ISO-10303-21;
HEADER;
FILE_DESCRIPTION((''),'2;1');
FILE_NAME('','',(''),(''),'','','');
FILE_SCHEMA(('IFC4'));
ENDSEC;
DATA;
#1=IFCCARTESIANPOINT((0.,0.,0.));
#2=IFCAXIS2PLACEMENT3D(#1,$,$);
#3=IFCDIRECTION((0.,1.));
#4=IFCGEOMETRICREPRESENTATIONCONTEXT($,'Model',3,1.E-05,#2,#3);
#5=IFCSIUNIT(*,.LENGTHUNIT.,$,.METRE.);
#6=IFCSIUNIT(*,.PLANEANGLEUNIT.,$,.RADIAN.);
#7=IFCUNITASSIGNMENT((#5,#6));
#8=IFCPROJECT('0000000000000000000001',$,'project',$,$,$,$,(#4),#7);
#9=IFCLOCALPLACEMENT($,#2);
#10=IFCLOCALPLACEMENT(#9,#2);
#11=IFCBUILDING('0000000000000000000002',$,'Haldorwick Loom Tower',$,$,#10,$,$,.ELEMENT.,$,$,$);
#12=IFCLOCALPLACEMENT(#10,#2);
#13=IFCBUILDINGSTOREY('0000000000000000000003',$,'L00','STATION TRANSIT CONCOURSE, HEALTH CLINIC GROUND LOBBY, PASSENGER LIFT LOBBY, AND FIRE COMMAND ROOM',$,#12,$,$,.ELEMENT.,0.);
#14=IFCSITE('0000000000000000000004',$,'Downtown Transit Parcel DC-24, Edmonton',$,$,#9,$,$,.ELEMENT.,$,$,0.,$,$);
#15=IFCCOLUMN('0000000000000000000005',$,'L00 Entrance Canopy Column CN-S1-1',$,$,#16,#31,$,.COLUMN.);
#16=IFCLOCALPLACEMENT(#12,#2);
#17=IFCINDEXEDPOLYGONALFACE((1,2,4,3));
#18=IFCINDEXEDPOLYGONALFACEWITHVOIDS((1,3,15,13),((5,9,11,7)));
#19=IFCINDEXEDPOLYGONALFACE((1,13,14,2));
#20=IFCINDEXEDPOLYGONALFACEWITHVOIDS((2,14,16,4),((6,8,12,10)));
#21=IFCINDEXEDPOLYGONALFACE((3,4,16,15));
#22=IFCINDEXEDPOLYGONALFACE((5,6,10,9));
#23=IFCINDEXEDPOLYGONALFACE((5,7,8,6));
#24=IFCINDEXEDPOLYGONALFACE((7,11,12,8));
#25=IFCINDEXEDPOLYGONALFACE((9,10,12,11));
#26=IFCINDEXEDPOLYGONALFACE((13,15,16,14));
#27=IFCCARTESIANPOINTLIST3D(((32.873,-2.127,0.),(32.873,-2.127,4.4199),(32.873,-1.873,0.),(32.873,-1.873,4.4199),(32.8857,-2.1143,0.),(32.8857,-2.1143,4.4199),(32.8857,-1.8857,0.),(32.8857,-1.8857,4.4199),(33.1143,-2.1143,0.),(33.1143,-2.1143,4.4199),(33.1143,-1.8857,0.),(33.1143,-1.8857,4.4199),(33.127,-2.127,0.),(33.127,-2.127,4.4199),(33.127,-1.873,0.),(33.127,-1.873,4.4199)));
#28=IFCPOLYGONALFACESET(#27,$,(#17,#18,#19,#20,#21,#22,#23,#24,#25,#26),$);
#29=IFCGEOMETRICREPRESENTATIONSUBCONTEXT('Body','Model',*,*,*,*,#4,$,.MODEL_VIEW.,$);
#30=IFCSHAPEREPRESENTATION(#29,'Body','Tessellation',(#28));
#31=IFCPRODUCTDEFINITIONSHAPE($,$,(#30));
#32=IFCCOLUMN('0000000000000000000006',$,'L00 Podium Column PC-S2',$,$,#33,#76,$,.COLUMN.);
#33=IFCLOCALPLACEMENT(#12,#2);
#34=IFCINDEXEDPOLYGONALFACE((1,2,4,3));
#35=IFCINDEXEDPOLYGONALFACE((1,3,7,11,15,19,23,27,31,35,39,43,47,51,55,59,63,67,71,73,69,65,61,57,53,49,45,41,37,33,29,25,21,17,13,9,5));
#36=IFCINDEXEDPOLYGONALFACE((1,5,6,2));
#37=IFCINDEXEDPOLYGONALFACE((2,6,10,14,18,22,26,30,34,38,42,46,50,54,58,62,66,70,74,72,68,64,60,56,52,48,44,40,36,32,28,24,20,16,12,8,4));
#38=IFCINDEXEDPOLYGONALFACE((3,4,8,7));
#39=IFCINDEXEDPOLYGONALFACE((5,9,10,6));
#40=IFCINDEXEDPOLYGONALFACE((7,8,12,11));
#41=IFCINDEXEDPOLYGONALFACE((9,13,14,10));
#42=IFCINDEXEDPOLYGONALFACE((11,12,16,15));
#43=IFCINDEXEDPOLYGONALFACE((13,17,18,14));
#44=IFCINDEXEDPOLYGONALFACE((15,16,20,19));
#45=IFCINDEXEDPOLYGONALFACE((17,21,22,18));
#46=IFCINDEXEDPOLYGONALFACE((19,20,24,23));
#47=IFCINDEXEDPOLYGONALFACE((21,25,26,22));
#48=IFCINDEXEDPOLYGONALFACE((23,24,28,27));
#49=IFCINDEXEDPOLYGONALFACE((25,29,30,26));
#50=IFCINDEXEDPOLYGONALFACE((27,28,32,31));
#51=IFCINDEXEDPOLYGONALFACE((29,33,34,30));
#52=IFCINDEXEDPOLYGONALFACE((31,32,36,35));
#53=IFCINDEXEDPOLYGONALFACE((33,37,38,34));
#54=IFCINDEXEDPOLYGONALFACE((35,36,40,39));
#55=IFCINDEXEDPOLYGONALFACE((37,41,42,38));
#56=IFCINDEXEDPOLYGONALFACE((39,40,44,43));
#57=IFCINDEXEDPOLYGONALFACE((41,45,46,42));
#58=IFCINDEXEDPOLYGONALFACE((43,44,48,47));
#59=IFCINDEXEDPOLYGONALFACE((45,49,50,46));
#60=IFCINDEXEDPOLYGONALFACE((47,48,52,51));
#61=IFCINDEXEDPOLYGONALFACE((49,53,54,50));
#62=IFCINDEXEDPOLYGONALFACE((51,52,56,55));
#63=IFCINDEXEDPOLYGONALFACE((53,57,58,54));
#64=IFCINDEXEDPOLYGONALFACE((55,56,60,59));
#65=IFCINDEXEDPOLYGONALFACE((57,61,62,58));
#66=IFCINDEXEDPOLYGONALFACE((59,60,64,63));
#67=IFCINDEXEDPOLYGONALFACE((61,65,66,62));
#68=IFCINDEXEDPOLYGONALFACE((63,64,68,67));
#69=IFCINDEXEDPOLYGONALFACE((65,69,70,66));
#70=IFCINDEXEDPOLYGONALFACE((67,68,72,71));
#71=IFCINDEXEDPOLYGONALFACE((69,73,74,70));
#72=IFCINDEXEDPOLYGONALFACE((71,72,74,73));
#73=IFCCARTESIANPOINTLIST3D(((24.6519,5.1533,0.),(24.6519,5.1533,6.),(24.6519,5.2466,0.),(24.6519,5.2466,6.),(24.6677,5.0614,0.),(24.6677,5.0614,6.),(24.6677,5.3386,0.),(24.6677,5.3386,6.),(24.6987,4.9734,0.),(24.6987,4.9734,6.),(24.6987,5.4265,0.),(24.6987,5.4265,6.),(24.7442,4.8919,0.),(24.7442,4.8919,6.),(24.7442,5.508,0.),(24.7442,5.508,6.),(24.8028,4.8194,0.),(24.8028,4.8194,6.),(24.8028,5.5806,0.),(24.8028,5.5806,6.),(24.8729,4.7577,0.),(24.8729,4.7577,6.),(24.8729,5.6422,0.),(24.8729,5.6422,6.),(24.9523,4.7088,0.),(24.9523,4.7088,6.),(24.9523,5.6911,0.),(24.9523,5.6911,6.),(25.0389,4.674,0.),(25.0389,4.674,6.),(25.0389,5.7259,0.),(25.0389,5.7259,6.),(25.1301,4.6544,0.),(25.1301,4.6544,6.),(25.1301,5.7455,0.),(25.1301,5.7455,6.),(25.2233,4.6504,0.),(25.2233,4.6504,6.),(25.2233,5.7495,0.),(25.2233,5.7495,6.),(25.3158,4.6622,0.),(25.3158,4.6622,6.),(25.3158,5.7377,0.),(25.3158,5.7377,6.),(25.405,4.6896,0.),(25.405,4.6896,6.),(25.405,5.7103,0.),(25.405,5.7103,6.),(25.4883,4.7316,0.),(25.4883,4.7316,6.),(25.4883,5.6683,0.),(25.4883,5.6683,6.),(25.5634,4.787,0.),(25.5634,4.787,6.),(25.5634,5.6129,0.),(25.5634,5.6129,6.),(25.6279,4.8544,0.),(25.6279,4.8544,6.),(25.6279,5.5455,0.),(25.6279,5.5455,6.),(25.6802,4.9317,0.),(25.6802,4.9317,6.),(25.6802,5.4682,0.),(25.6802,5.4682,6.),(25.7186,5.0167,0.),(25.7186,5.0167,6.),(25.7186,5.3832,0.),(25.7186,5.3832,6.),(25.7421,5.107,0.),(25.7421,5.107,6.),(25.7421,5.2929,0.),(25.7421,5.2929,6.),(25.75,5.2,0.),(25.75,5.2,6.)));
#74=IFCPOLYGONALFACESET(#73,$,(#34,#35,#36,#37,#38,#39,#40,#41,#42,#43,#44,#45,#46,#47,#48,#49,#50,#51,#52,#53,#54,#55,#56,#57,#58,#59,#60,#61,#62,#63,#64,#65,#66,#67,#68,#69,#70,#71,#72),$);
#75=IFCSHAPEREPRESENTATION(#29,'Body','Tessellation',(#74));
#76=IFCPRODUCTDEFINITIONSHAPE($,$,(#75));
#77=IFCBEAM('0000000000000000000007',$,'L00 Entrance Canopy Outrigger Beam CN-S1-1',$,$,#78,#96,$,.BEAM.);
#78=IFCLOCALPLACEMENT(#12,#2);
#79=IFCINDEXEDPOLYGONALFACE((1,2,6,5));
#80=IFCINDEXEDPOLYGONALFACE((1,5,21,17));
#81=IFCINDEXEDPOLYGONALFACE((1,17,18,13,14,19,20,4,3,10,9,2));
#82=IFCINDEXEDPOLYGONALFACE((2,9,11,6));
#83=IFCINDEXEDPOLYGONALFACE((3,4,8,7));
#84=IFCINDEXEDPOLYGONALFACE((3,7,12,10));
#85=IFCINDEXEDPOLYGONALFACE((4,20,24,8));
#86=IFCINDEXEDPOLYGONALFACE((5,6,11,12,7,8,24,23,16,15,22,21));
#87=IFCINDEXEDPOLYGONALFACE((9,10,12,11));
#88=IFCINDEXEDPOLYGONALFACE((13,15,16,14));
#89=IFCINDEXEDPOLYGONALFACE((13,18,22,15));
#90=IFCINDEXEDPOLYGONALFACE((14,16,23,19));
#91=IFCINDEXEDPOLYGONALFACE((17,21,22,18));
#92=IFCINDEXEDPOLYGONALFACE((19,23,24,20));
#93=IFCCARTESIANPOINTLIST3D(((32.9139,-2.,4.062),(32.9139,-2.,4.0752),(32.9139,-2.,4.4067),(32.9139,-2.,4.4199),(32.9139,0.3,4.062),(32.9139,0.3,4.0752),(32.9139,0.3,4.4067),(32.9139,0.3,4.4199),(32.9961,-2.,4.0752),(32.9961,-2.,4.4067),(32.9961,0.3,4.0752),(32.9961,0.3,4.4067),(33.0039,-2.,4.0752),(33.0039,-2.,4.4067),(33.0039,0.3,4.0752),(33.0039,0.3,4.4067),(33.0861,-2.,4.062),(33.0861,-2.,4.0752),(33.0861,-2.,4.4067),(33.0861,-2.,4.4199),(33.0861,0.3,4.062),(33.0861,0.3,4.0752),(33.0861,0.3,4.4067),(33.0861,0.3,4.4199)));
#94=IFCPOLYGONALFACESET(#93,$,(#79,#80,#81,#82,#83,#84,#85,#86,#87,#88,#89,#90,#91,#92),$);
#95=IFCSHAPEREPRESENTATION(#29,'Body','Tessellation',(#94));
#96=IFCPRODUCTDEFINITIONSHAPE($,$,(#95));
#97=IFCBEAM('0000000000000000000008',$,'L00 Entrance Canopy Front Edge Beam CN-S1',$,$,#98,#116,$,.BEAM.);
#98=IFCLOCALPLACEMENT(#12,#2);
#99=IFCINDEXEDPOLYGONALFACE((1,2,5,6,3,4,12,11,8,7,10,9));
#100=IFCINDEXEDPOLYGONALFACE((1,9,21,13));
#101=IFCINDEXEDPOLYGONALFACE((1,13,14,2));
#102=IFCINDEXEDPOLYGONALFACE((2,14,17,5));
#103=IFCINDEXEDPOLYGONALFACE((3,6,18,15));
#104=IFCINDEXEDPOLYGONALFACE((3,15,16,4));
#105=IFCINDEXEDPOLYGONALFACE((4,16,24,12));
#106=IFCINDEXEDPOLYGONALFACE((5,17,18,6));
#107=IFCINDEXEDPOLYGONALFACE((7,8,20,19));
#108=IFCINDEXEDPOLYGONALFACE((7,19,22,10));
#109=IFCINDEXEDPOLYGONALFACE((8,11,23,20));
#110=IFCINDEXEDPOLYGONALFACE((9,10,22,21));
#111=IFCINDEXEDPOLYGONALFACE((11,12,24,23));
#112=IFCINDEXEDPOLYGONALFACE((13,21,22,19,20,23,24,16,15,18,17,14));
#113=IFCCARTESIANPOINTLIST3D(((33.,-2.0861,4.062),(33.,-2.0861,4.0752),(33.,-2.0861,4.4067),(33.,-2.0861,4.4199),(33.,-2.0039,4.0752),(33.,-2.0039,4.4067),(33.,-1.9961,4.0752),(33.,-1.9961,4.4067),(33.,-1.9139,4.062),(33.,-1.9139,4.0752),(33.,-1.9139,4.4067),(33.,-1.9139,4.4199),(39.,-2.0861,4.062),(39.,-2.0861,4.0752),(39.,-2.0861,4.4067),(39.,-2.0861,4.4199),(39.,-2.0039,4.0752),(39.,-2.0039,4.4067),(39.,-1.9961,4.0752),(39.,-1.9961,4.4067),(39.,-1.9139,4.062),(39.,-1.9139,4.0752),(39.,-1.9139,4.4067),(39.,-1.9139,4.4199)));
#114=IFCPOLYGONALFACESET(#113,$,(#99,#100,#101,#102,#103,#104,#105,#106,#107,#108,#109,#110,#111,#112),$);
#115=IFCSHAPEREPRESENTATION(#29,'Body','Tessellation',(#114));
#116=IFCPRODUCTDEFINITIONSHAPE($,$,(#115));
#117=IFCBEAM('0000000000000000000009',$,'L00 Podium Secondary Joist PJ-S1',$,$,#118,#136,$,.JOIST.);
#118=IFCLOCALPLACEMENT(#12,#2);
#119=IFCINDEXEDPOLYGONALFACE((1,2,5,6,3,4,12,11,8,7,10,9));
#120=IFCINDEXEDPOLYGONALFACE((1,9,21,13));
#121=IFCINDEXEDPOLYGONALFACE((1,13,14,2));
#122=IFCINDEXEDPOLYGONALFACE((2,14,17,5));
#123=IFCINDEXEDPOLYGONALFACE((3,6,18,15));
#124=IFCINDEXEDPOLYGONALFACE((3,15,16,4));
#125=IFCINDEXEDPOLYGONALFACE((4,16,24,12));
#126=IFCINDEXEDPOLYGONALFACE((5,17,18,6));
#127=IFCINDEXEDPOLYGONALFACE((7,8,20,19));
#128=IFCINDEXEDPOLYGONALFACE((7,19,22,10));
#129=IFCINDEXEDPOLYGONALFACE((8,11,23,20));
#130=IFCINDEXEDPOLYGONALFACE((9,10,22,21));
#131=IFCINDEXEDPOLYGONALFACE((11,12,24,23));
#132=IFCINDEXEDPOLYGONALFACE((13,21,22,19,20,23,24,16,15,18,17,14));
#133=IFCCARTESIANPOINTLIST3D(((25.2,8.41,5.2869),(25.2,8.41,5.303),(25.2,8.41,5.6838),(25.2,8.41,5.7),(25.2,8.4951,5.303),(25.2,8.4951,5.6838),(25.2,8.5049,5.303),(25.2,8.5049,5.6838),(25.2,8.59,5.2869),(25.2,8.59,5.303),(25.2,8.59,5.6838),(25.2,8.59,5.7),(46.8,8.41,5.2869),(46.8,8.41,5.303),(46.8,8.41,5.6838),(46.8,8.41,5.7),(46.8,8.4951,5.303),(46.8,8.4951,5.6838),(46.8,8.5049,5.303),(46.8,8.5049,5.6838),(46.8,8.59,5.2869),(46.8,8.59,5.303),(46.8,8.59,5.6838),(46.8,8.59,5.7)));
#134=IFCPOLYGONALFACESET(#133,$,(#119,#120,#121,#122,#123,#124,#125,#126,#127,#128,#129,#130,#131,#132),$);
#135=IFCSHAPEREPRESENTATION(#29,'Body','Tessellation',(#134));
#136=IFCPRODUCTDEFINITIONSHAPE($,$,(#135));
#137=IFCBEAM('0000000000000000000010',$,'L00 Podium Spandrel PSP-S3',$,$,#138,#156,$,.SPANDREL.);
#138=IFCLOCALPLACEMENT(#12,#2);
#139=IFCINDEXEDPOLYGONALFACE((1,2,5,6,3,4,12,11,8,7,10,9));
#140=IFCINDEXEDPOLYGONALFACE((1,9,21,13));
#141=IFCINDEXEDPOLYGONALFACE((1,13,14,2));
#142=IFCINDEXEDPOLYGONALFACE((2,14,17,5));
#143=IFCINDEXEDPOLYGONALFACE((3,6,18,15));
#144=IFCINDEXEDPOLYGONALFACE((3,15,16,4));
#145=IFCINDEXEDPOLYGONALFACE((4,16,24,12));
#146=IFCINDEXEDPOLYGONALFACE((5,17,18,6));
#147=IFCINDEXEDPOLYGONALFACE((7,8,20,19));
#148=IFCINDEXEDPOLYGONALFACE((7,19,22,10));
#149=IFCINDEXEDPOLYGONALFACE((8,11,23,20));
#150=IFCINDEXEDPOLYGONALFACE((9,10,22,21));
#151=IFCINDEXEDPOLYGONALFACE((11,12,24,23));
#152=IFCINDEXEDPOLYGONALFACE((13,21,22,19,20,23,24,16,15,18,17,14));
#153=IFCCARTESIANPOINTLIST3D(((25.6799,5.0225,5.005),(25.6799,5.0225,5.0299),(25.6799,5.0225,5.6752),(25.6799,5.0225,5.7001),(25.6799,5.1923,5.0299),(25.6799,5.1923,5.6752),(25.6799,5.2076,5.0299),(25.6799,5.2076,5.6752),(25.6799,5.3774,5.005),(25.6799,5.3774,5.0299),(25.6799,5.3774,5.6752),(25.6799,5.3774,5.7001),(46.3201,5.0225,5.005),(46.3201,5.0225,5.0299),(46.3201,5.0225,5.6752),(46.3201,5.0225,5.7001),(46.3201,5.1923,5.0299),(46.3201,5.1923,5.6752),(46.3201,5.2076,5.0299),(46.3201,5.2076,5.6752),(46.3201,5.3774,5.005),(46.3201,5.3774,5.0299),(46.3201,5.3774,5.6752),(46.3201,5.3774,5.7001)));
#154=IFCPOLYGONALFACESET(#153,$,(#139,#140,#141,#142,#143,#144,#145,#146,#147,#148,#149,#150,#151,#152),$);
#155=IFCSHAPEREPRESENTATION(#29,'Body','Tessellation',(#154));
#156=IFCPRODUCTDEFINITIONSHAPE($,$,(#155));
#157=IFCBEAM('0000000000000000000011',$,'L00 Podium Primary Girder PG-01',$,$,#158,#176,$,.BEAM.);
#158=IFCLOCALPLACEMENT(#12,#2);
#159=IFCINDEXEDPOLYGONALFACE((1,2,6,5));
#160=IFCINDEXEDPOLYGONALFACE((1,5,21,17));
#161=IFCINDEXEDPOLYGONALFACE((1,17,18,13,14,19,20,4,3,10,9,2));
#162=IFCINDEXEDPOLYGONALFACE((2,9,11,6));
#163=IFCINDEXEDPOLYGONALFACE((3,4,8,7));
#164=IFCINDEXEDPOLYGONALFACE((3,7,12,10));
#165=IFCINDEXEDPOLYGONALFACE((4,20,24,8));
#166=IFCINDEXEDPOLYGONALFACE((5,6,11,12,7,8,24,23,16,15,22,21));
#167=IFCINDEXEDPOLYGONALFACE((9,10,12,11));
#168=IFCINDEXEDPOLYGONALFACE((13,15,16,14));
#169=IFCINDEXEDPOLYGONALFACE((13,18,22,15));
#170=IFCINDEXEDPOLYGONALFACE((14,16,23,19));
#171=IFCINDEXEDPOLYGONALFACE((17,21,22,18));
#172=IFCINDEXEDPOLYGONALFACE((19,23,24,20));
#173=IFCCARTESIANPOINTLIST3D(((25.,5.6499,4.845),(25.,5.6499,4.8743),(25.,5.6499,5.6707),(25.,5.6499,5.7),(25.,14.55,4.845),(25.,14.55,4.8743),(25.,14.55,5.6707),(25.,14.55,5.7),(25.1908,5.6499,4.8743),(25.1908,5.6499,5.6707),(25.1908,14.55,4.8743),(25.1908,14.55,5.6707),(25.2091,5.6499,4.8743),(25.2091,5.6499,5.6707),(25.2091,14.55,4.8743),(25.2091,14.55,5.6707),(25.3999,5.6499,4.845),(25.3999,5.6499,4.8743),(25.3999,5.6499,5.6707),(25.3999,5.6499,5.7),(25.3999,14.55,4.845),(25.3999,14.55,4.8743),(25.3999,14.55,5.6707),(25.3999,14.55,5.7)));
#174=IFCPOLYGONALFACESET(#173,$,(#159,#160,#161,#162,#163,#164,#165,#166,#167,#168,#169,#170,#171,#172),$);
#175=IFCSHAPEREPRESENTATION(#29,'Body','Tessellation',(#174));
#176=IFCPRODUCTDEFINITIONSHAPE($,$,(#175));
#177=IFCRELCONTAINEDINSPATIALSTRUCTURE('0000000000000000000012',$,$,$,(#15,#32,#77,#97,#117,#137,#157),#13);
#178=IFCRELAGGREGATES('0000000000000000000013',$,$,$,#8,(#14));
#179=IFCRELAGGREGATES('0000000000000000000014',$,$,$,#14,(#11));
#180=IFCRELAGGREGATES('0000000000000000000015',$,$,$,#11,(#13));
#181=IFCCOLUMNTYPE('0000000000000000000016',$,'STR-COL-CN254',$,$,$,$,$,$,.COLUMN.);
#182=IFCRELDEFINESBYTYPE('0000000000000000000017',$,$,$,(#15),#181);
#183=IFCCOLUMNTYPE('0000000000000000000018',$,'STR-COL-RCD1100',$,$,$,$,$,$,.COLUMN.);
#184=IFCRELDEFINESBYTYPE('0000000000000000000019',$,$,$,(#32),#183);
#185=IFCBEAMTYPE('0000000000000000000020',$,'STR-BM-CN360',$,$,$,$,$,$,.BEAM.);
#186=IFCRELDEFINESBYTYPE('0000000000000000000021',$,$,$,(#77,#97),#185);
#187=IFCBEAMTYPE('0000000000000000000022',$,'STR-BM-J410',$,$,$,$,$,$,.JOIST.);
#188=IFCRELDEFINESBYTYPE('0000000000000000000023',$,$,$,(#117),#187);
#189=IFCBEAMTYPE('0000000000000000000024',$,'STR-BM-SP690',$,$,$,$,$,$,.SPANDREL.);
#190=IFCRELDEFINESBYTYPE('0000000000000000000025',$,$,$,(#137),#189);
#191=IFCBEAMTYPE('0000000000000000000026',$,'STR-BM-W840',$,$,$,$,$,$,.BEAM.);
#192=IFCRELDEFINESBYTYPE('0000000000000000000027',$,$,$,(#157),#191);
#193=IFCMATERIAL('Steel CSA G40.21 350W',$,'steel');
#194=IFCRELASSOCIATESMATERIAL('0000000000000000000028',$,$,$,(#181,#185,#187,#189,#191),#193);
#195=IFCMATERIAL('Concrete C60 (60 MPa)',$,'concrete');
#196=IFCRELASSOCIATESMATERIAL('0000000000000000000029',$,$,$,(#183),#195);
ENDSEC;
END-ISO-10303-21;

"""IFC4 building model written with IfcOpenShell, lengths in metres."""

from ifc_helpers import new_model, si_unit, direction, frame, origin, origin_2d, place, context, subcontext, project, spatial, hollow_rectangle, circle, i_section, extrude, material, material_profile, profile_set, type_object, element, save


model = new_model("IFC4")

# Units and contexts
model_context = context("Model", 3, precision=1e-05, world=origin(), true_north=direction((0.0, 1.0)))
body_context = subcontext(model_context, "Body", "Model", "MODEL_VIEW")
ifc_project = project(units=[si_unit("LENGTHUNIT", "METRE"), si_unit("PLANEANGLEUNIT", "RADIAN")], contexts=[model_context])

# Site, building, storey
site_placement = place(None, origin())
site = spatial("IfcSite", under=ifc_project, at=site_placement, Name="Downtown Transit Parcel DC-24, Edmonton", CompositionType="ELEMENT", RefElevation=0.0)
building_placement = place(site_placement, origin())
building = spatial("IfcBuilding", under=site, at=building_placement, Name="Haldorwick Loom Tower", CompositionType="ELEMENT")
storey_placement = place(building_placement, origin())
storey = spatial("IfcBuildingStorey", under=building, at=storey_placement, Name="L00", Description="STATION TRANSIT CONCOURSE, HEALTH CLINIC GROUND LOBBY, PASSENGER LIFT LOBBY, AND FIRE COMMAND ROOM", CompositionType="ELEMENT", Elevation=0.0)

# Columns
ifc_material_1 = material(Name="Steel CSA G40.21 350W", Category="steel")
ifc_material_profile_1 = material_profile(ifc_material_1, hollow_rectangle(XDim=0.2539, YDim=0.2539, WallThickness=0.0127, at=origin_2d()), Name="HSS254X254X13", Category="steel")
ifc_profile_set_1 = profile_set([ifc_material_profile_1], Name="Steel CSA G40.21 350W")
column_type_1 = type_object("IfcColumnType", Name="STR-COL-CN254", PredefinedType="COLUMN", material=ifc_profile_set_1)
column_1_placement = place(storey_placement, frame((33.0, -2.0, 0.0), z_axis=(0.0, 0.0, 1.0), x_axis=(1.0, 0.0, 0.0)))
element("IfcColumn", 1, at=column_1_placement, inside=storey, type_object=column_type_1, Name="L00 Entrance Canopy Column CN-S1-1", PredefinedType="COLUMN", context=body_context, shape_type="SweptSolid", body=[
    extrude(hollow_rectangle(XDim=0.2539, YDim=0.2539, WallThickness=0.0127, at=origin_2d()), origin(), (0.0, 0.0, 1.0), 4.4199),
])
ifc_material_2 = material(Name="Concrete C60 (60 MPa)", Category="concrete")
ifc_material_profile_2 = material_profile(ifc_material_2, circle(Radius=0.55, at=origin_2d()), Name="RCD1100", Category="concrete")
ifc_profile_set_2 = profile_set([ifc_material_profile_2], Name="Concrete C60 (60 MPa)")
column_type_2 = type_object("IfcColumnType", Name="STR-COL-RCD1100", PredefinedType="COLUMN", material=ifc_profile_set_2)
column_2_placement = place(storey_placement, frame((25.2, 5.2, 0.0), z_axis=(0.0, 0.0, 1.0), x_axis=(1.0, 0.0, 0.0)))
element("IfcColumn", 2, at=column_2_placement, inside=storey, type_object=column_type_2, Name="L00 Podium Column PC-S2", PredefinedType="COLUMN", context=body_context, shape_type="SweptSolid", body=[
    extrude(circle(Radius=0.55, at=origin_2d()), origin(), (0.0, 0.0, 1.0), 6.0),
])

# Beams
ifc_material_profile_3 = material_profile(ifc_material_1, i_section(OverallWidth=0.1721, OverallDepth=0.3579, WebThickness=0.0078, FlangeThickness=0.0132, at=origin_2d()), Name="W360X57", Category="steel")
ifc_profile_set_3 = profile_set([ifc_material_profile_3], Name="Steel CSA G40.21 350W")
beam_type_1 = type_object("IfcBeamType", Name="STR-BM-CN360", PredefinedType="BEAM", material=ifc_profile_set_3)
beam_1_placement = place(storey_placement, frame((33.0, 0.3, 4.241), z_axis=(0.0, -1.0, 0.0), x_axis=(1.0, 0.0, 0.0)))
element("IfcBeam", 3, at=beam_1_placement, inside=storey, type_object=beam_type_1, Name="L00 Entrance Canopy Outrigger Beam CN-S1-1", PredefinedType="BEAM", context=body_context, shape_type="SweptSolid", body=[
    extrude(i_section(OverallWidth=0.1721, OverallDepth=0.3579, WebThickness=0.0078, FlangeThickness=0.0132, at=origin_2d()), origin(), (0.0, 0.0, 1.0), 2.3),
])
beam_2_placement = place(storey_placement, frame((33.0, -2.0, 4.241), z_axis=(1.0, 0.0, 0.0), x_axis=(0.0, 1.0, 0.0)))
element("IfcBeam", 4, at=beam_2_placement, inside=storey, type_object=beam_type_1, Name="L00 Entrance Canopy Front Edge Beam CN-S1", PredefinedType="BEAM", context=body_context, shape_type="SweptSolid", body=[
    extrude(i_section(OverallWidth=0.1721, OverallDepth=0.3579, WebThickness=0.0078, FlangeThickness=0.0132, at=origin_2d()), origin(), (0.0, 0.0, 1.0), 6.0),
])
ifc_material_profile_4 = material_profile(ifc_material_1, i_section(OverallWidth=0.1799, OverallDepth=0.4131, WebThickness=0.0098, FlangeThickness=0.0161, at=origin_2d()), Name="W410X74", Category="steel")
ifc_profile_set_4 = profile_set([ifc_material_profile_4], Name="Steel CSA G40.21 350W")
beam_type_2 = type_object("IfcBeamType", Name="STR-BM-J410", PredefinedType="JOIST", material=ifc_profile_set_4)
beam_3_placement = place(storey_placement, frame((25.2, 8.5, 5.4934), z_axis=(1.0, 0.0, 0.0), x_axis=(0.0, 1.0, 0.0)))
element("IfcBeam", 5, at=beam_3_placement, inside=storey, type_object=beam_type_2, Name="L00 Podium Secondary Joist PJ-S1", PredefinedType="JOIST", context=body_context, shape_type="SweptSolid", body=[
    extrude(i_section(OverallWidth=0.1799, OverallDepth=0.4131, WebThickness=0.0098, FlangeThickness=0.0161, at=origin_2d()), origin(), (0.0, 0.0, 1.0), 21.6001),
])
ifc_material_profile_5 = material_profile(ifc_material_1, i_section(OverallWidth=0.355, OverallDepth=0.6951, WebThickness=0.0154, FlangeThickness=0.0249, at=origin_2d()), Name="W690X217", Category="steel")
ifc_profile_set_5 = profile_set([ifc_material_profile_5], Name="Steel CSA G40.21 350W")
beam_type_3 = type_object("IfcBeamType", Name="STR-BM-SP690", PredefinedType="SPANDREL", material=ifc_profile_set_5)
beam_4_placement = place(storey_placement, frame((25.6799, 5.2, 5.3525), z_axis=(1.0, 0.0, 0.0), x_axis=(0.0, 1.0, 0.0)))
element("IfcBeam", 6, at=beam_4_placement, inside=storey, type_object=beam_type_3, Name="L00 Podium Spandrel PSP-S3", PredefinedType="SPANDREL", context=body_context, shape_type="SweptSolid", body=[
    extrude(i_section(OverallWidth=0.355, OverallDepth=0.6951, WebThickness=0.0154, FlangeThickness=0.0249, at=origin_2d()), origin(), (0.0, 0.0, 1.0), 20.6401),
])
ifc_material_profile_6 = material_profile(ifc_material_1, i_section(OverallWidth=0.3999, OverallDepth=0.855, WebThickness=0.0183, FlangeThickness=0.0293, at=origin_2d()), Name="W840X299", Category="steel")
ifc_profile_set_6 = profile_set([ifc_material_profile_6], Name="Steel CSA G40.21 350W")
beam_type_4 = type_object("IfcBeamType", Name="STR-BM-W840", PredefinedType="BEAM", material=ifc_profile_set_6)
beam_5_placement = place(storey_placement, frame((25.2, 5.6499, 5.2725), z_axis=(0.0, 1.0, 0.0), x_axis=(-1.0, 0.0, 0.0)))
element("IfcBeam", 7, at=beam_5_placement, inside=storey, type_object=beam_type_4, Name="L00 Podium Primary Girder PG-01", PredefinedType="BEAM", context=body_context, shape_type="SweptSolid", body=[
    extrude(i_section(OverallWidth=0.3999, OverallDepth=0.855, WebThickness=0.0183, FlangeThickness=0.0293, at=origin_2d()), origin(), (0.0, 0.0, 1.0), 8.9001),
])

save(model, "model.ifc")
